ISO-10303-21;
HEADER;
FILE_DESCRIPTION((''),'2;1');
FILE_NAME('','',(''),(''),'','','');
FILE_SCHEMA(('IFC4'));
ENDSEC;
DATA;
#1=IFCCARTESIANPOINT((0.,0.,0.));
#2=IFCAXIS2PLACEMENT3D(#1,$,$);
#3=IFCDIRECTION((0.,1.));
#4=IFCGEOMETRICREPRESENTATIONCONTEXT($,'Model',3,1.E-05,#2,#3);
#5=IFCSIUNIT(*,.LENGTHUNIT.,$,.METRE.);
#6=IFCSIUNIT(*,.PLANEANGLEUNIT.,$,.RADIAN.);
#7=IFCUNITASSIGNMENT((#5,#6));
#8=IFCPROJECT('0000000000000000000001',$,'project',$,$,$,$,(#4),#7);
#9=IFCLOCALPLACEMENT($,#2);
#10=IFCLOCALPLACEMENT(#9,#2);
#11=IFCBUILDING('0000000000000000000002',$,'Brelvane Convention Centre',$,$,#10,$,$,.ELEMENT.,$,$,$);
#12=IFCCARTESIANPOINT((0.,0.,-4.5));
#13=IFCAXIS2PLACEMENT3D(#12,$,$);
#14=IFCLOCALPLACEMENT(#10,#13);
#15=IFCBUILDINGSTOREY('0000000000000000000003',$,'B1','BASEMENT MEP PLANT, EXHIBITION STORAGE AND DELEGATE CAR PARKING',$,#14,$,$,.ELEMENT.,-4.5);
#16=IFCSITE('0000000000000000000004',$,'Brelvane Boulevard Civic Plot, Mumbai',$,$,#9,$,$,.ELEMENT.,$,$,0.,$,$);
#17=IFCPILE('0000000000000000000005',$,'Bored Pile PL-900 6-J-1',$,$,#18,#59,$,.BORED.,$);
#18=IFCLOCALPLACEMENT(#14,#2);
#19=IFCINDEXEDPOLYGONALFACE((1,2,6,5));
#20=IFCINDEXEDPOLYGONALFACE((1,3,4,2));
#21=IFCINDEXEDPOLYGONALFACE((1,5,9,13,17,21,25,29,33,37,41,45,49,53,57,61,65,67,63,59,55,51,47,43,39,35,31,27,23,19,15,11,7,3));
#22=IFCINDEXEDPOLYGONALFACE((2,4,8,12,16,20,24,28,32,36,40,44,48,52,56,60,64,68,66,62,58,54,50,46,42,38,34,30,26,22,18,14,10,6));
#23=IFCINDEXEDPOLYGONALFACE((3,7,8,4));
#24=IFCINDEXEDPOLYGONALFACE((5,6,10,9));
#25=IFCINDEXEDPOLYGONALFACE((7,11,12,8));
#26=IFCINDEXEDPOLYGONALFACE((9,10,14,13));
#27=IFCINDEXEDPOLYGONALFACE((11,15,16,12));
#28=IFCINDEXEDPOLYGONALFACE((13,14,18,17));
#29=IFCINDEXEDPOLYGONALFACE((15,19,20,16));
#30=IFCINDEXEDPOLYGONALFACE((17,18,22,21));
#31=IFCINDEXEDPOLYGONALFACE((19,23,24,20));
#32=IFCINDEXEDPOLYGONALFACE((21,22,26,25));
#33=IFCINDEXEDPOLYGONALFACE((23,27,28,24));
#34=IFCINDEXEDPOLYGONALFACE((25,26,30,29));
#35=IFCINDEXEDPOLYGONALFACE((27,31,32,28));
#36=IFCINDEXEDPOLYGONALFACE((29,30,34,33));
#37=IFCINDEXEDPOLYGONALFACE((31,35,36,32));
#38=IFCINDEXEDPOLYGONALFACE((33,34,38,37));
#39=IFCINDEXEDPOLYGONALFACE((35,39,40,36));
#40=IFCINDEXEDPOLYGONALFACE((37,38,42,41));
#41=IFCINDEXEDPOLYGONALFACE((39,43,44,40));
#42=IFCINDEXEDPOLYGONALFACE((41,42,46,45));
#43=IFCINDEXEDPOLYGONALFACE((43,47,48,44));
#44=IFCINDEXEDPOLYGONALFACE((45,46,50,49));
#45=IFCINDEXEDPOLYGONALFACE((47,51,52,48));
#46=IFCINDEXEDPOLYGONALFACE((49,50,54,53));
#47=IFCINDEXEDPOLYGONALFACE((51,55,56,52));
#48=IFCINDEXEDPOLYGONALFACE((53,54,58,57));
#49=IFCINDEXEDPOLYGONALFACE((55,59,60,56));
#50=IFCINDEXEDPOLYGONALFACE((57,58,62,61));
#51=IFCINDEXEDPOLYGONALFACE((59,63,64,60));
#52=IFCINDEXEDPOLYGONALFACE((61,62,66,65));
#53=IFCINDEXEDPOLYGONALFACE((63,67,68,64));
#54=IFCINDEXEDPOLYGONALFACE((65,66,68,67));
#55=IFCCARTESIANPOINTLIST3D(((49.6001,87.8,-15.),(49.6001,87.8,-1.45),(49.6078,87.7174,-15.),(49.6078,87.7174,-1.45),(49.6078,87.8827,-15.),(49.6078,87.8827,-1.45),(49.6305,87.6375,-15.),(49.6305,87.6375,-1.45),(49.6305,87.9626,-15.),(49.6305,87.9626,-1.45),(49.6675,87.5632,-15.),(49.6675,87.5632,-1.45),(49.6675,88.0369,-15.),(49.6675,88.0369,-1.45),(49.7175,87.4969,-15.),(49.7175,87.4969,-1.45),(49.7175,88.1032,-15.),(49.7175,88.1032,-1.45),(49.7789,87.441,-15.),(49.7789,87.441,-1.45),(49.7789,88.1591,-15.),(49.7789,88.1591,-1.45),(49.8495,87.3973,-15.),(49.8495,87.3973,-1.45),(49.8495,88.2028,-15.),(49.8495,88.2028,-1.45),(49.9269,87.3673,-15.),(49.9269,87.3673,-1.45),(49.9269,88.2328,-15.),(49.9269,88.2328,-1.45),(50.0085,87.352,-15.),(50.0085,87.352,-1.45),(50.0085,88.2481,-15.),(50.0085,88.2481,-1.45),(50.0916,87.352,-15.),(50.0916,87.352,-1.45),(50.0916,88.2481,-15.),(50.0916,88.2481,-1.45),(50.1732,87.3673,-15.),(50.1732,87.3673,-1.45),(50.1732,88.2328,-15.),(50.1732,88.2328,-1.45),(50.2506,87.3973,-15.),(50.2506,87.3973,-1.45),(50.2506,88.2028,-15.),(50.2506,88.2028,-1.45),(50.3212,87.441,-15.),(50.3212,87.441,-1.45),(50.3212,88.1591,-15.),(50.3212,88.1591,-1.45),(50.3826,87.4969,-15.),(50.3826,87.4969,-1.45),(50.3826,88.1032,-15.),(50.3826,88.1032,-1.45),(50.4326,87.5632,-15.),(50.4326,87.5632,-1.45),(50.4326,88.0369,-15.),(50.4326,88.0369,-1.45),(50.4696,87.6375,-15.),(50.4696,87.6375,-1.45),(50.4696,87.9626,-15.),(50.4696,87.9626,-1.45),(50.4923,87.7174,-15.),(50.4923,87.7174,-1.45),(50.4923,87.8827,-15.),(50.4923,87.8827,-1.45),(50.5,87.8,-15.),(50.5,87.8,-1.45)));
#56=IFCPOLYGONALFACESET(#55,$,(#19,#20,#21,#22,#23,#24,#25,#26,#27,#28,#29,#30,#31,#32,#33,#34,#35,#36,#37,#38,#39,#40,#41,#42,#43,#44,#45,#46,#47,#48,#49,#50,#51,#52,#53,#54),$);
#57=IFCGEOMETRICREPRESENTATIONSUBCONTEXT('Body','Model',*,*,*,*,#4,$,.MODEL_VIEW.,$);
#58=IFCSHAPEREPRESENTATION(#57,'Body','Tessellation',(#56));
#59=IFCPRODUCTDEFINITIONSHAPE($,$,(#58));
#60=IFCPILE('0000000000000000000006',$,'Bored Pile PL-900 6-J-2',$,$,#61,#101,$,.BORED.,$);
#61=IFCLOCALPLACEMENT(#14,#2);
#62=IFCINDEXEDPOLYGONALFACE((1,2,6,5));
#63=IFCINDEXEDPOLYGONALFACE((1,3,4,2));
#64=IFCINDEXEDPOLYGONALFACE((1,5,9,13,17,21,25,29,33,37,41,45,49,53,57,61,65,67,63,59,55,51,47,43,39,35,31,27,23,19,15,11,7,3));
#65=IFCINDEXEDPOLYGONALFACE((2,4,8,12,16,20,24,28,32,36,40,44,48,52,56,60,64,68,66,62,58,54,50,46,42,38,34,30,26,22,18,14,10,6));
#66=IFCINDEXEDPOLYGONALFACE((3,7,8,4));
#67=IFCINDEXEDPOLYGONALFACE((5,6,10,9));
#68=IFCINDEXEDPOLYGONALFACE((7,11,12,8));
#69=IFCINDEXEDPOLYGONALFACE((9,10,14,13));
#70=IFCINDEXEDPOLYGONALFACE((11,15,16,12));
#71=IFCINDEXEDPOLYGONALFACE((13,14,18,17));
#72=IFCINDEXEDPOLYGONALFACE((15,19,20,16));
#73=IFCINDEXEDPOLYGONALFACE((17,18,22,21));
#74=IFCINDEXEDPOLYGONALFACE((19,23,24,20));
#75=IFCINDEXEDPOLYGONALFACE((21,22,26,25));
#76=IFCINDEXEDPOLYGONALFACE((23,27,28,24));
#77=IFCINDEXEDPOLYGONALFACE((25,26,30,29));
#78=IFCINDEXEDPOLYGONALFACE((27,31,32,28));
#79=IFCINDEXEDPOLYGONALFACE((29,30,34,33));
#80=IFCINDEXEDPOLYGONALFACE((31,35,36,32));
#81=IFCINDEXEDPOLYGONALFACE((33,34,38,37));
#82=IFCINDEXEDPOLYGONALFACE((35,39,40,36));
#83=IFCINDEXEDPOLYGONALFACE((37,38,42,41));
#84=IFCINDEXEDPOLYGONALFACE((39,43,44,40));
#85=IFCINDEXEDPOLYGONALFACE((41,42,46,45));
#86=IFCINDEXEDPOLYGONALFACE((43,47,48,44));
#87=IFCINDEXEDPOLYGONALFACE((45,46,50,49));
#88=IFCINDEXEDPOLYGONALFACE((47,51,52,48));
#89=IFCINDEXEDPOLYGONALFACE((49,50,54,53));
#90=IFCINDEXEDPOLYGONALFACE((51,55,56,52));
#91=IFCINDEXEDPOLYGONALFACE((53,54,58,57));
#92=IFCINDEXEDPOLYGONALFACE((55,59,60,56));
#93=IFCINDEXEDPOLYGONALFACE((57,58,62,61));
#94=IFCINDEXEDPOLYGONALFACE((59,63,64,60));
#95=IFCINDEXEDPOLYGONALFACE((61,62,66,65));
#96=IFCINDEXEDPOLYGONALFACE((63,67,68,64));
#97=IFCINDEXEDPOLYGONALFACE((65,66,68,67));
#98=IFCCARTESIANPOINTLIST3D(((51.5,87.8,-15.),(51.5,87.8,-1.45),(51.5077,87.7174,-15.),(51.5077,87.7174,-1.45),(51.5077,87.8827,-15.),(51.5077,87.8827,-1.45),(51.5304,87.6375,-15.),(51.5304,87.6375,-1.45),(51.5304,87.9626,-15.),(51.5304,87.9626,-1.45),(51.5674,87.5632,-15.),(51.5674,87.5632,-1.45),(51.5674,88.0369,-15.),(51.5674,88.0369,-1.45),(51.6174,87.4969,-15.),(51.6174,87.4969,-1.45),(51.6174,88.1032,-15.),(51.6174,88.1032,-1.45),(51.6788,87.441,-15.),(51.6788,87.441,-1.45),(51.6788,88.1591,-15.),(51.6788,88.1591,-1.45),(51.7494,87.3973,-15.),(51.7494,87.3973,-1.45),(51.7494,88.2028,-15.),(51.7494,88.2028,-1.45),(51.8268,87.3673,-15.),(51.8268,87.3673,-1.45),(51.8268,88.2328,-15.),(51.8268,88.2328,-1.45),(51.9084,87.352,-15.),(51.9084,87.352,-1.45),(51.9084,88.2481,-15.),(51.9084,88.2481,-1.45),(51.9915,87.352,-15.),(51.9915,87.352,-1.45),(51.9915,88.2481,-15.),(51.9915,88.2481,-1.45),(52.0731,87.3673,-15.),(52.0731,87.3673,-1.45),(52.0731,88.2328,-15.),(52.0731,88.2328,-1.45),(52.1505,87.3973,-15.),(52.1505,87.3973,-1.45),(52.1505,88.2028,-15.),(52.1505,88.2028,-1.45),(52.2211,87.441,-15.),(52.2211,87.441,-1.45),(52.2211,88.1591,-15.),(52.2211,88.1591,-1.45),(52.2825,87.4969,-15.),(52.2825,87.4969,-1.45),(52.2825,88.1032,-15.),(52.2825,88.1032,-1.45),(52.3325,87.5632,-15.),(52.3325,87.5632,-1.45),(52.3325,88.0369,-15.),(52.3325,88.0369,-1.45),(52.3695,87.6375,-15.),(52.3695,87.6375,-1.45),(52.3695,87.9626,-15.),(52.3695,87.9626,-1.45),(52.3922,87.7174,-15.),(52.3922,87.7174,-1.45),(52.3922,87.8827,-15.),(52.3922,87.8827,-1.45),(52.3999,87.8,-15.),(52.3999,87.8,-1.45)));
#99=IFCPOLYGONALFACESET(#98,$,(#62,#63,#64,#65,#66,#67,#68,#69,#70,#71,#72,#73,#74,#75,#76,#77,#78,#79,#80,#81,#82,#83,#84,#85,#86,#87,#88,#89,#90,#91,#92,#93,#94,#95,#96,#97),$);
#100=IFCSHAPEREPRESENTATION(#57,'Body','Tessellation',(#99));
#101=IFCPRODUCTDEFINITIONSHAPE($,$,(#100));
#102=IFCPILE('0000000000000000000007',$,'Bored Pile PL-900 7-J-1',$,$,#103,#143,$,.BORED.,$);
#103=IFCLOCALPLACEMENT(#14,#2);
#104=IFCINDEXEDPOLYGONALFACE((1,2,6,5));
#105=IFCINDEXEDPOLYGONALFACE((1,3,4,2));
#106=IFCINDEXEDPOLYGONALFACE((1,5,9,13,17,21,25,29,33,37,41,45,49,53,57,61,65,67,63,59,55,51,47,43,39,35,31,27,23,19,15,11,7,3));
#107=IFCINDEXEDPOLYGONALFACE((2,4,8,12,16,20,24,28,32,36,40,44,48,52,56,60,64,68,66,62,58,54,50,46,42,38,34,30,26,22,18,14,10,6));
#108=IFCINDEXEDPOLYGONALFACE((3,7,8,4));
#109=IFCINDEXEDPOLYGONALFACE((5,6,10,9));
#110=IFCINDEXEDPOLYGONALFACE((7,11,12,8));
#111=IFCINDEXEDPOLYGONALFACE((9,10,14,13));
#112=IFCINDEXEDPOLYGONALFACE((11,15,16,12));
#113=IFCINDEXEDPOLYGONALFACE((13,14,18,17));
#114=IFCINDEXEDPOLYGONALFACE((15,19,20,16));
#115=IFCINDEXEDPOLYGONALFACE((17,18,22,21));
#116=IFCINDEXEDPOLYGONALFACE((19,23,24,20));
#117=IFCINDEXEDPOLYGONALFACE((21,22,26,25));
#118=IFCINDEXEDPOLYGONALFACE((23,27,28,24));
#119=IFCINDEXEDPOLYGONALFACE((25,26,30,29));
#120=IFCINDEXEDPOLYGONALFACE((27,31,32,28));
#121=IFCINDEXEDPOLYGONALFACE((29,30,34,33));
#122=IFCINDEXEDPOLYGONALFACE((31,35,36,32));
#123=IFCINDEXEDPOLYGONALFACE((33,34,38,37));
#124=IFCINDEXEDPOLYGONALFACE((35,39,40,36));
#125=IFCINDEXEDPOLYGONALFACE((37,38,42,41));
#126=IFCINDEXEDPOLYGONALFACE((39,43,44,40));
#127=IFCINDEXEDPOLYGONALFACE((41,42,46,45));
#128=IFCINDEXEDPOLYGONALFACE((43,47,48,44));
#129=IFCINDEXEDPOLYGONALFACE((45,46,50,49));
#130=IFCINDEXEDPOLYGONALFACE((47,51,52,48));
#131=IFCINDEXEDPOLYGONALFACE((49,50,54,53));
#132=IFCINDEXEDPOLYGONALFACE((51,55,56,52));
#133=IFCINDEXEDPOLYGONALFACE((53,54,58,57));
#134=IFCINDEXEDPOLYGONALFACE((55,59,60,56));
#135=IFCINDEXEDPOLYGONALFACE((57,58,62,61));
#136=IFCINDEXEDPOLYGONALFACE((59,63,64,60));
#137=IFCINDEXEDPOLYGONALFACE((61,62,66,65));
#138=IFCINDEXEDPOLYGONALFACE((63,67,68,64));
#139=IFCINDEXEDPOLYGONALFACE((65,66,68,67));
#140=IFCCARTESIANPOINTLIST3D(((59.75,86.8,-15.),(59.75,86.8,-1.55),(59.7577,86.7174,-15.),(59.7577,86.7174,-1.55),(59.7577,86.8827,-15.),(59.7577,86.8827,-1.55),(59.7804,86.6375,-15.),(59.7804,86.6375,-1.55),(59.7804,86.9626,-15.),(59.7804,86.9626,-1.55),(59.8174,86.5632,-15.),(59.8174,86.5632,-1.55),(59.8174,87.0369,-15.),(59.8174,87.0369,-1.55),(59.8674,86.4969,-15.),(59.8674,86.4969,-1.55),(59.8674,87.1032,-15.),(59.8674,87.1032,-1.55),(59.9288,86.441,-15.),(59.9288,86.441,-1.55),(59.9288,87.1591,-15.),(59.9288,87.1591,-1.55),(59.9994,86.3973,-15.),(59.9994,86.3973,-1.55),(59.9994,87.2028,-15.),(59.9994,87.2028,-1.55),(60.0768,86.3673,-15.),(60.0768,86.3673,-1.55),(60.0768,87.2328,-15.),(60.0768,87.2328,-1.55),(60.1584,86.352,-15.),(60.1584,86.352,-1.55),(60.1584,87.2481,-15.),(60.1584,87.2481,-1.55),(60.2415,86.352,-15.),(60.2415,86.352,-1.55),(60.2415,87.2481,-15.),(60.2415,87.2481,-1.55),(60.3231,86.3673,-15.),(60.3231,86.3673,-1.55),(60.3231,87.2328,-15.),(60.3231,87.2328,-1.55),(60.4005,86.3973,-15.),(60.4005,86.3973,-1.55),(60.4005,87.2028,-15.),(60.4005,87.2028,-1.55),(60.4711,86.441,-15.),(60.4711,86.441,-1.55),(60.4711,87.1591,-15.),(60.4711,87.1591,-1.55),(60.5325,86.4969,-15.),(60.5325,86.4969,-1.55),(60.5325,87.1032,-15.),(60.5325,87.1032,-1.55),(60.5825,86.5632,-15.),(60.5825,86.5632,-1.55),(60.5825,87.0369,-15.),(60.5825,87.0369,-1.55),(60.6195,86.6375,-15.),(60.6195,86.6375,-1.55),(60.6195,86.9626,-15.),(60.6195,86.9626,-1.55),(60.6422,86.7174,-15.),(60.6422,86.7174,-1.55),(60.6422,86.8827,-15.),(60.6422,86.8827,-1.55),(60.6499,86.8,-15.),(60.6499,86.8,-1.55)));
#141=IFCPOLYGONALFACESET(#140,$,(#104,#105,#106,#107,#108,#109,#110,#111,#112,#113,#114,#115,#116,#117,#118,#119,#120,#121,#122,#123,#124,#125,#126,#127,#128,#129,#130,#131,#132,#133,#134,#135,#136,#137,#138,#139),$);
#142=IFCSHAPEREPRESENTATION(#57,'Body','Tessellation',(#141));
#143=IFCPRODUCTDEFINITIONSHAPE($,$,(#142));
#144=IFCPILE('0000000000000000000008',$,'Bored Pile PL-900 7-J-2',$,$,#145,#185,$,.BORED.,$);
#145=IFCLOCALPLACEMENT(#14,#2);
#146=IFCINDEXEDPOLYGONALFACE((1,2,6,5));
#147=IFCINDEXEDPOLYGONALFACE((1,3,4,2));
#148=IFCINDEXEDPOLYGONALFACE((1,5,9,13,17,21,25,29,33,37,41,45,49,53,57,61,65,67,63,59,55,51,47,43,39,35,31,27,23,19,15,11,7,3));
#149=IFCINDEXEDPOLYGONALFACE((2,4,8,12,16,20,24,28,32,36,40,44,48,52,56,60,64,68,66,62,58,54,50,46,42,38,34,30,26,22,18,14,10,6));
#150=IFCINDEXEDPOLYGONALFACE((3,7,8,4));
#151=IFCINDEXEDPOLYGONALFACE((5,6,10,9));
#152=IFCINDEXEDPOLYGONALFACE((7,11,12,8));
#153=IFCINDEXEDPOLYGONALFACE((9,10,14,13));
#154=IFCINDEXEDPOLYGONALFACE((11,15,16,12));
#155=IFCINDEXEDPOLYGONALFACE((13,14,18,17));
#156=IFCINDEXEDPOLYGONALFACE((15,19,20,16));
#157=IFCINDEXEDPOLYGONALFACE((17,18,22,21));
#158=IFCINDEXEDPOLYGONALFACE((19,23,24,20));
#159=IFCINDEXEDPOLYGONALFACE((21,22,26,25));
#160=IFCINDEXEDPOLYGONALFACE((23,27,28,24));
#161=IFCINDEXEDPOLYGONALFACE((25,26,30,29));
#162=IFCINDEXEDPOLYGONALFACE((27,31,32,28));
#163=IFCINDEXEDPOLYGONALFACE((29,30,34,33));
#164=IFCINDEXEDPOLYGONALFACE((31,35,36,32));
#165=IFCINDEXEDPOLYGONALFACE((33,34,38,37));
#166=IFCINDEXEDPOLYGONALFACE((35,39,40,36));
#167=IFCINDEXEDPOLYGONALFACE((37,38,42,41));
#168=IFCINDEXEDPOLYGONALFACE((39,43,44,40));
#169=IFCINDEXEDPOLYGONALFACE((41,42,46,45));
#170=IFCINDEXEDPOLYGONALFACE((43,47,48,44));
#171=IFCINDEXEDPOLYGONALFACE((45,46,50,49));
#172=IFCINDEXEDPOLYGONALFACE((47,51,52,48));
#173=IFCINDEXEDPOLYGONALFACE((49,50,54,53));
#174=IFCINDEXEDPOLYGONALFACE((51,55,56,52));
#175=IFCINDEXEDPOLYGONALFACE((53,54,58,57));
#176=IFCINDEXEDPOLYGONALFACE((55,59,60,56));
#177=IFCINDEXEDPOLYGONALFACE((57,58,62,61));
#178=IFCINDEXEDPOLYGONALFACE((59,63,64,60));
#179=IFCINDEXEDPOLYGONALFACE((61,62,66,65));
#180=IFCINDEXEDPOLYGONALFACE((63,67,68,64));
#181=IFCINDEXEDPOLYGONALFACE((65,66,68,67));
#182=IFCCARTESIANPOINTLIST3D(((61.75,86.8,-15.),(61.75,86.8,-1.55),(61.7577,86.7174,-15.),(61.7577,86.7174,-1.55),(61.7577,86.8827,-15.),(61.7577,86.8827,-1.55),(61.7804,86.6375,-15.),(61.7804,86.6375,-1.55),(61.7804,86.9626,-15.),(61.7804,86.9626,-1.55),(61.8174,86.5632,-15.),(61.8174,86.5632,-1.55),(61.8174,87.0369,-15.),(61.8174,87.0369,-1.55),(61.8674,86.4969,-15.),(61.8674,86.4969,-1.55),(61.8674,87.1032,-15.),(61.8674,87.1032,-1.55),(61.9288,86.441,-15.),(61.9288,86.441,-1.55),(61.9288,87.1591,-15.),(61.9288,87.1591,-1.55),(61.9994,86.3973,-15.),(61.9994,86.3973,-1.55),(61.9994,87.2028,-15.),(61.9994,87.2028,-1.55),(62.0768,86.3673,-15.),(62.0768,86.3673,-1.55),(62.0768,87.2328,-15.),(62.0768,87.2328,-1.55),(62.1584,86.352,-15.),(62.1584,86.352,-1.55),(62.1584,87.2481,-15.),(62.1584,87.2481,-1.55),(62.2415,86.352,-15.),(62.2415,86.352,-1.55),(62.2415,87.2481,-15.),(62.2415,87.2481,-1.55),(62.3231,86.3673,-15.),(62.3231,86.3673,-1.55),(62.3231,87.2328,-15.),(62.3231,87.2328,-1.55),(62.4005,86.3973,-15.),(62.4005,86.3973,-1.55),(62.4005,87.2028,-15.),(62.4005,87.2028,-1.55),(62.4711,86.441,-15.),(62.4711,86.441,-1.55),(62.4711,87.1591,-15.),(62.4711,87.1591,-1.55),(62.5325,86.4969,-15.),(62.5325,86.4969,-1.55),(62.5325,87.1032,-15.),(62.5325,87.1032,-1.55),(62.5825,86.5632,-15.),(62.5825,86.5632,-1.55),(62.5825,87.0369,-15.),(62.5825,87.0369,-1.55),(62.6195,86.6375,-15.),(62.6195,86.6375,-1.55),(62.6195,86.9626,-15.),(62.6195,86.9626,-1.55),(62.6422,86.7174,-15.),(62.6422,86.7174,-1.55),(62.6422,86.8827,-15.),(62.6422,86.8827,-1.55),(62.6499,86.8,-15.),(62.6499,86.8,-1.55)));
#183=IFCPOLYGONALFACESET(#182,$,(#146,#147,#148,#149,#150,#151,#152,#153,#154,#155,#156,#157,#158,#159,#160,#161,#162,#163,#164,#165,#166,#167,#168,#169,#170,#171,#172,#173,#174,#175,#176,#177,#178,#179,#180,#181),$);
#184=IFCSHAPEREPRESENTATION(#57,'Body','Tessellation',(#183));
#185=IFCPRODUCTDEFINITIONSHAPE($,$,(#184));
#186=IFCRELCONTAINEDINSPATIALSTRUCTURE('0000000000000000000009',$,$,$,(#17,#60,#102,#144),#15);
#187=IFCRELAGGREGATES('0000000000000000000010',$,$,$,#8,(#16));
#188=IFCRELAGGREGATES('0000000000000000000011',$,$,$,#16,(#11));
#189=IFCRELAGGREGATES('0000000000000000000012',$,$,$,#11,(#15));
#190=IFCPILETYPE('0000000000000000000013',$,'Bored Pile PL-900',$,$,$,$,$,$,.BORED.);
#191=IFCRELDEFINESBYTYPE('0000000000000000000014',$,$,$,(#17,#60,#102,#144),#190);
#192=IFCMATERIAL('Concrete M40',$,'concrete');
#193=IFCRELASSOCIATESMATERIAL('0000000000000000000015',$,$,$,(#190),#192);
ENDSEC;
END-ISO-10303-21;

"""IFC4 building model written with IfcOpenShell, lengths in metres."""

from ifc_helpers import new_model, si_unit, direction, frame, origin, origin_2d, place, context, subcontext, project, spatial, circle, extrude, material, material_profile, profile_set, type_object, element, save


model = new_model("IFC4")

# Units and contexts
model_context = context("Model", 3, precision=1e-05, world=origin(), true_north=direction((0.0, 1.0)))
body_context = subcontext(model_context, "Body", "Model", "MODEL_VIEW")
ifc_project = project(units=[si_unit("LENGTHUNIT", "METRE"), si_unit("PLANEANGLEUNIT", "RADIAN")], contexts=[model_context])

# Site, building, storey
site_placement = place(None, origin())
site = spatial("IfcSite", under=ifc_project, at=site_placement, Name="Brelvane Boulevard Civic Plot, Mumbai", CompositionType="ELEMENT", RefElevation=0.0)
building_placement = place(site_placement, origin())
building = spatial("IfcBuilding", under=site, at=building_placement, Name="Brelvane Convention Centre", CompositionType="ELEMENT")
storey_placement = place(building_placement, frame((0.0, 0.0, -4.5)))
storey = spatial("IfcBuildingStorey", under=building, at=storey_placement, Name="B1", Description="BASEMENT MEP PLANT, EXHIBITION STORAGE AND DELEGATE CAR PARKING", CompositionType="ELEMENT", Elevation=-4.5)

# Piles
ifc_material_1 = material(Name="Concrete M40", Category="concrete")
ifc_material_profile_1 = material_profile(ifc_material_1, circle(Radius=0.45, at=origin_2d()), Name="PILE D900")
ifc_profile_set_1 = profile_set([ifc_material_profile_1], Name="Concrete M40")
pile_type = type_object("IfcPileType", Name="Bored Pile PL-900", PredefinedType="BORED", material=ifc_profile_set_1)
for number, where, z_axis, x_axis, name in (
    (1, (50.05, 87.8, -1.45), (0.0, 0.0, -1.0), (1.0, 0.0, 0.0), "Bored Pile PL-900 6-J-1"),
    (2, (51.95, 87.8, -1.45), (0.0, 0.0, -1.0), (1.0, 0.0, 0.0), "Bored Pile PL-900 6-J-2"),
):
    element("IfcPile", number, at=place(storey_placement, frame(where, z_axis=z_axis, x_axis=x_axis)), inside=storey, type_object=pile_type, Name=name, PredefinedType="BORED", context=body_context, shape_type="SweptSolid", body=[
        extrude(circle(Radius=0.45, at=origin_2d()), origin(), (0.0, 0.0, 1.0), 13.55),
    ])
for number, where, z_axis, x_axis, name in (
    (3, (60.2, 86.8, -1.55), (0.0, 0.0, -1.0), (1.0, 0.0, 0.0), "Bored Pile PL-900 7-J-1"),
    (4, (62.2, 86.8, -1.55), (0.0, 0.0, -1.0), (1.0, 0.0, 0.0), "Bored Pile PL-900 7-J-2"),
):
    element("IfcPile", number, at=place(storey_placement, frame(where, z_axis=z_axis, x_axis=x_axis)), inside=storey, type_object=pile_type, Name=name, PredefinedType="BORED", context=body_context, shape_type="SweptSolid", body=[
        extrude(circle(Radius=0.45, at=origin_2d()), origin(), (0.0, 0.0, 1.0), 13.45),
    ])

save(model, "model.ifc")
